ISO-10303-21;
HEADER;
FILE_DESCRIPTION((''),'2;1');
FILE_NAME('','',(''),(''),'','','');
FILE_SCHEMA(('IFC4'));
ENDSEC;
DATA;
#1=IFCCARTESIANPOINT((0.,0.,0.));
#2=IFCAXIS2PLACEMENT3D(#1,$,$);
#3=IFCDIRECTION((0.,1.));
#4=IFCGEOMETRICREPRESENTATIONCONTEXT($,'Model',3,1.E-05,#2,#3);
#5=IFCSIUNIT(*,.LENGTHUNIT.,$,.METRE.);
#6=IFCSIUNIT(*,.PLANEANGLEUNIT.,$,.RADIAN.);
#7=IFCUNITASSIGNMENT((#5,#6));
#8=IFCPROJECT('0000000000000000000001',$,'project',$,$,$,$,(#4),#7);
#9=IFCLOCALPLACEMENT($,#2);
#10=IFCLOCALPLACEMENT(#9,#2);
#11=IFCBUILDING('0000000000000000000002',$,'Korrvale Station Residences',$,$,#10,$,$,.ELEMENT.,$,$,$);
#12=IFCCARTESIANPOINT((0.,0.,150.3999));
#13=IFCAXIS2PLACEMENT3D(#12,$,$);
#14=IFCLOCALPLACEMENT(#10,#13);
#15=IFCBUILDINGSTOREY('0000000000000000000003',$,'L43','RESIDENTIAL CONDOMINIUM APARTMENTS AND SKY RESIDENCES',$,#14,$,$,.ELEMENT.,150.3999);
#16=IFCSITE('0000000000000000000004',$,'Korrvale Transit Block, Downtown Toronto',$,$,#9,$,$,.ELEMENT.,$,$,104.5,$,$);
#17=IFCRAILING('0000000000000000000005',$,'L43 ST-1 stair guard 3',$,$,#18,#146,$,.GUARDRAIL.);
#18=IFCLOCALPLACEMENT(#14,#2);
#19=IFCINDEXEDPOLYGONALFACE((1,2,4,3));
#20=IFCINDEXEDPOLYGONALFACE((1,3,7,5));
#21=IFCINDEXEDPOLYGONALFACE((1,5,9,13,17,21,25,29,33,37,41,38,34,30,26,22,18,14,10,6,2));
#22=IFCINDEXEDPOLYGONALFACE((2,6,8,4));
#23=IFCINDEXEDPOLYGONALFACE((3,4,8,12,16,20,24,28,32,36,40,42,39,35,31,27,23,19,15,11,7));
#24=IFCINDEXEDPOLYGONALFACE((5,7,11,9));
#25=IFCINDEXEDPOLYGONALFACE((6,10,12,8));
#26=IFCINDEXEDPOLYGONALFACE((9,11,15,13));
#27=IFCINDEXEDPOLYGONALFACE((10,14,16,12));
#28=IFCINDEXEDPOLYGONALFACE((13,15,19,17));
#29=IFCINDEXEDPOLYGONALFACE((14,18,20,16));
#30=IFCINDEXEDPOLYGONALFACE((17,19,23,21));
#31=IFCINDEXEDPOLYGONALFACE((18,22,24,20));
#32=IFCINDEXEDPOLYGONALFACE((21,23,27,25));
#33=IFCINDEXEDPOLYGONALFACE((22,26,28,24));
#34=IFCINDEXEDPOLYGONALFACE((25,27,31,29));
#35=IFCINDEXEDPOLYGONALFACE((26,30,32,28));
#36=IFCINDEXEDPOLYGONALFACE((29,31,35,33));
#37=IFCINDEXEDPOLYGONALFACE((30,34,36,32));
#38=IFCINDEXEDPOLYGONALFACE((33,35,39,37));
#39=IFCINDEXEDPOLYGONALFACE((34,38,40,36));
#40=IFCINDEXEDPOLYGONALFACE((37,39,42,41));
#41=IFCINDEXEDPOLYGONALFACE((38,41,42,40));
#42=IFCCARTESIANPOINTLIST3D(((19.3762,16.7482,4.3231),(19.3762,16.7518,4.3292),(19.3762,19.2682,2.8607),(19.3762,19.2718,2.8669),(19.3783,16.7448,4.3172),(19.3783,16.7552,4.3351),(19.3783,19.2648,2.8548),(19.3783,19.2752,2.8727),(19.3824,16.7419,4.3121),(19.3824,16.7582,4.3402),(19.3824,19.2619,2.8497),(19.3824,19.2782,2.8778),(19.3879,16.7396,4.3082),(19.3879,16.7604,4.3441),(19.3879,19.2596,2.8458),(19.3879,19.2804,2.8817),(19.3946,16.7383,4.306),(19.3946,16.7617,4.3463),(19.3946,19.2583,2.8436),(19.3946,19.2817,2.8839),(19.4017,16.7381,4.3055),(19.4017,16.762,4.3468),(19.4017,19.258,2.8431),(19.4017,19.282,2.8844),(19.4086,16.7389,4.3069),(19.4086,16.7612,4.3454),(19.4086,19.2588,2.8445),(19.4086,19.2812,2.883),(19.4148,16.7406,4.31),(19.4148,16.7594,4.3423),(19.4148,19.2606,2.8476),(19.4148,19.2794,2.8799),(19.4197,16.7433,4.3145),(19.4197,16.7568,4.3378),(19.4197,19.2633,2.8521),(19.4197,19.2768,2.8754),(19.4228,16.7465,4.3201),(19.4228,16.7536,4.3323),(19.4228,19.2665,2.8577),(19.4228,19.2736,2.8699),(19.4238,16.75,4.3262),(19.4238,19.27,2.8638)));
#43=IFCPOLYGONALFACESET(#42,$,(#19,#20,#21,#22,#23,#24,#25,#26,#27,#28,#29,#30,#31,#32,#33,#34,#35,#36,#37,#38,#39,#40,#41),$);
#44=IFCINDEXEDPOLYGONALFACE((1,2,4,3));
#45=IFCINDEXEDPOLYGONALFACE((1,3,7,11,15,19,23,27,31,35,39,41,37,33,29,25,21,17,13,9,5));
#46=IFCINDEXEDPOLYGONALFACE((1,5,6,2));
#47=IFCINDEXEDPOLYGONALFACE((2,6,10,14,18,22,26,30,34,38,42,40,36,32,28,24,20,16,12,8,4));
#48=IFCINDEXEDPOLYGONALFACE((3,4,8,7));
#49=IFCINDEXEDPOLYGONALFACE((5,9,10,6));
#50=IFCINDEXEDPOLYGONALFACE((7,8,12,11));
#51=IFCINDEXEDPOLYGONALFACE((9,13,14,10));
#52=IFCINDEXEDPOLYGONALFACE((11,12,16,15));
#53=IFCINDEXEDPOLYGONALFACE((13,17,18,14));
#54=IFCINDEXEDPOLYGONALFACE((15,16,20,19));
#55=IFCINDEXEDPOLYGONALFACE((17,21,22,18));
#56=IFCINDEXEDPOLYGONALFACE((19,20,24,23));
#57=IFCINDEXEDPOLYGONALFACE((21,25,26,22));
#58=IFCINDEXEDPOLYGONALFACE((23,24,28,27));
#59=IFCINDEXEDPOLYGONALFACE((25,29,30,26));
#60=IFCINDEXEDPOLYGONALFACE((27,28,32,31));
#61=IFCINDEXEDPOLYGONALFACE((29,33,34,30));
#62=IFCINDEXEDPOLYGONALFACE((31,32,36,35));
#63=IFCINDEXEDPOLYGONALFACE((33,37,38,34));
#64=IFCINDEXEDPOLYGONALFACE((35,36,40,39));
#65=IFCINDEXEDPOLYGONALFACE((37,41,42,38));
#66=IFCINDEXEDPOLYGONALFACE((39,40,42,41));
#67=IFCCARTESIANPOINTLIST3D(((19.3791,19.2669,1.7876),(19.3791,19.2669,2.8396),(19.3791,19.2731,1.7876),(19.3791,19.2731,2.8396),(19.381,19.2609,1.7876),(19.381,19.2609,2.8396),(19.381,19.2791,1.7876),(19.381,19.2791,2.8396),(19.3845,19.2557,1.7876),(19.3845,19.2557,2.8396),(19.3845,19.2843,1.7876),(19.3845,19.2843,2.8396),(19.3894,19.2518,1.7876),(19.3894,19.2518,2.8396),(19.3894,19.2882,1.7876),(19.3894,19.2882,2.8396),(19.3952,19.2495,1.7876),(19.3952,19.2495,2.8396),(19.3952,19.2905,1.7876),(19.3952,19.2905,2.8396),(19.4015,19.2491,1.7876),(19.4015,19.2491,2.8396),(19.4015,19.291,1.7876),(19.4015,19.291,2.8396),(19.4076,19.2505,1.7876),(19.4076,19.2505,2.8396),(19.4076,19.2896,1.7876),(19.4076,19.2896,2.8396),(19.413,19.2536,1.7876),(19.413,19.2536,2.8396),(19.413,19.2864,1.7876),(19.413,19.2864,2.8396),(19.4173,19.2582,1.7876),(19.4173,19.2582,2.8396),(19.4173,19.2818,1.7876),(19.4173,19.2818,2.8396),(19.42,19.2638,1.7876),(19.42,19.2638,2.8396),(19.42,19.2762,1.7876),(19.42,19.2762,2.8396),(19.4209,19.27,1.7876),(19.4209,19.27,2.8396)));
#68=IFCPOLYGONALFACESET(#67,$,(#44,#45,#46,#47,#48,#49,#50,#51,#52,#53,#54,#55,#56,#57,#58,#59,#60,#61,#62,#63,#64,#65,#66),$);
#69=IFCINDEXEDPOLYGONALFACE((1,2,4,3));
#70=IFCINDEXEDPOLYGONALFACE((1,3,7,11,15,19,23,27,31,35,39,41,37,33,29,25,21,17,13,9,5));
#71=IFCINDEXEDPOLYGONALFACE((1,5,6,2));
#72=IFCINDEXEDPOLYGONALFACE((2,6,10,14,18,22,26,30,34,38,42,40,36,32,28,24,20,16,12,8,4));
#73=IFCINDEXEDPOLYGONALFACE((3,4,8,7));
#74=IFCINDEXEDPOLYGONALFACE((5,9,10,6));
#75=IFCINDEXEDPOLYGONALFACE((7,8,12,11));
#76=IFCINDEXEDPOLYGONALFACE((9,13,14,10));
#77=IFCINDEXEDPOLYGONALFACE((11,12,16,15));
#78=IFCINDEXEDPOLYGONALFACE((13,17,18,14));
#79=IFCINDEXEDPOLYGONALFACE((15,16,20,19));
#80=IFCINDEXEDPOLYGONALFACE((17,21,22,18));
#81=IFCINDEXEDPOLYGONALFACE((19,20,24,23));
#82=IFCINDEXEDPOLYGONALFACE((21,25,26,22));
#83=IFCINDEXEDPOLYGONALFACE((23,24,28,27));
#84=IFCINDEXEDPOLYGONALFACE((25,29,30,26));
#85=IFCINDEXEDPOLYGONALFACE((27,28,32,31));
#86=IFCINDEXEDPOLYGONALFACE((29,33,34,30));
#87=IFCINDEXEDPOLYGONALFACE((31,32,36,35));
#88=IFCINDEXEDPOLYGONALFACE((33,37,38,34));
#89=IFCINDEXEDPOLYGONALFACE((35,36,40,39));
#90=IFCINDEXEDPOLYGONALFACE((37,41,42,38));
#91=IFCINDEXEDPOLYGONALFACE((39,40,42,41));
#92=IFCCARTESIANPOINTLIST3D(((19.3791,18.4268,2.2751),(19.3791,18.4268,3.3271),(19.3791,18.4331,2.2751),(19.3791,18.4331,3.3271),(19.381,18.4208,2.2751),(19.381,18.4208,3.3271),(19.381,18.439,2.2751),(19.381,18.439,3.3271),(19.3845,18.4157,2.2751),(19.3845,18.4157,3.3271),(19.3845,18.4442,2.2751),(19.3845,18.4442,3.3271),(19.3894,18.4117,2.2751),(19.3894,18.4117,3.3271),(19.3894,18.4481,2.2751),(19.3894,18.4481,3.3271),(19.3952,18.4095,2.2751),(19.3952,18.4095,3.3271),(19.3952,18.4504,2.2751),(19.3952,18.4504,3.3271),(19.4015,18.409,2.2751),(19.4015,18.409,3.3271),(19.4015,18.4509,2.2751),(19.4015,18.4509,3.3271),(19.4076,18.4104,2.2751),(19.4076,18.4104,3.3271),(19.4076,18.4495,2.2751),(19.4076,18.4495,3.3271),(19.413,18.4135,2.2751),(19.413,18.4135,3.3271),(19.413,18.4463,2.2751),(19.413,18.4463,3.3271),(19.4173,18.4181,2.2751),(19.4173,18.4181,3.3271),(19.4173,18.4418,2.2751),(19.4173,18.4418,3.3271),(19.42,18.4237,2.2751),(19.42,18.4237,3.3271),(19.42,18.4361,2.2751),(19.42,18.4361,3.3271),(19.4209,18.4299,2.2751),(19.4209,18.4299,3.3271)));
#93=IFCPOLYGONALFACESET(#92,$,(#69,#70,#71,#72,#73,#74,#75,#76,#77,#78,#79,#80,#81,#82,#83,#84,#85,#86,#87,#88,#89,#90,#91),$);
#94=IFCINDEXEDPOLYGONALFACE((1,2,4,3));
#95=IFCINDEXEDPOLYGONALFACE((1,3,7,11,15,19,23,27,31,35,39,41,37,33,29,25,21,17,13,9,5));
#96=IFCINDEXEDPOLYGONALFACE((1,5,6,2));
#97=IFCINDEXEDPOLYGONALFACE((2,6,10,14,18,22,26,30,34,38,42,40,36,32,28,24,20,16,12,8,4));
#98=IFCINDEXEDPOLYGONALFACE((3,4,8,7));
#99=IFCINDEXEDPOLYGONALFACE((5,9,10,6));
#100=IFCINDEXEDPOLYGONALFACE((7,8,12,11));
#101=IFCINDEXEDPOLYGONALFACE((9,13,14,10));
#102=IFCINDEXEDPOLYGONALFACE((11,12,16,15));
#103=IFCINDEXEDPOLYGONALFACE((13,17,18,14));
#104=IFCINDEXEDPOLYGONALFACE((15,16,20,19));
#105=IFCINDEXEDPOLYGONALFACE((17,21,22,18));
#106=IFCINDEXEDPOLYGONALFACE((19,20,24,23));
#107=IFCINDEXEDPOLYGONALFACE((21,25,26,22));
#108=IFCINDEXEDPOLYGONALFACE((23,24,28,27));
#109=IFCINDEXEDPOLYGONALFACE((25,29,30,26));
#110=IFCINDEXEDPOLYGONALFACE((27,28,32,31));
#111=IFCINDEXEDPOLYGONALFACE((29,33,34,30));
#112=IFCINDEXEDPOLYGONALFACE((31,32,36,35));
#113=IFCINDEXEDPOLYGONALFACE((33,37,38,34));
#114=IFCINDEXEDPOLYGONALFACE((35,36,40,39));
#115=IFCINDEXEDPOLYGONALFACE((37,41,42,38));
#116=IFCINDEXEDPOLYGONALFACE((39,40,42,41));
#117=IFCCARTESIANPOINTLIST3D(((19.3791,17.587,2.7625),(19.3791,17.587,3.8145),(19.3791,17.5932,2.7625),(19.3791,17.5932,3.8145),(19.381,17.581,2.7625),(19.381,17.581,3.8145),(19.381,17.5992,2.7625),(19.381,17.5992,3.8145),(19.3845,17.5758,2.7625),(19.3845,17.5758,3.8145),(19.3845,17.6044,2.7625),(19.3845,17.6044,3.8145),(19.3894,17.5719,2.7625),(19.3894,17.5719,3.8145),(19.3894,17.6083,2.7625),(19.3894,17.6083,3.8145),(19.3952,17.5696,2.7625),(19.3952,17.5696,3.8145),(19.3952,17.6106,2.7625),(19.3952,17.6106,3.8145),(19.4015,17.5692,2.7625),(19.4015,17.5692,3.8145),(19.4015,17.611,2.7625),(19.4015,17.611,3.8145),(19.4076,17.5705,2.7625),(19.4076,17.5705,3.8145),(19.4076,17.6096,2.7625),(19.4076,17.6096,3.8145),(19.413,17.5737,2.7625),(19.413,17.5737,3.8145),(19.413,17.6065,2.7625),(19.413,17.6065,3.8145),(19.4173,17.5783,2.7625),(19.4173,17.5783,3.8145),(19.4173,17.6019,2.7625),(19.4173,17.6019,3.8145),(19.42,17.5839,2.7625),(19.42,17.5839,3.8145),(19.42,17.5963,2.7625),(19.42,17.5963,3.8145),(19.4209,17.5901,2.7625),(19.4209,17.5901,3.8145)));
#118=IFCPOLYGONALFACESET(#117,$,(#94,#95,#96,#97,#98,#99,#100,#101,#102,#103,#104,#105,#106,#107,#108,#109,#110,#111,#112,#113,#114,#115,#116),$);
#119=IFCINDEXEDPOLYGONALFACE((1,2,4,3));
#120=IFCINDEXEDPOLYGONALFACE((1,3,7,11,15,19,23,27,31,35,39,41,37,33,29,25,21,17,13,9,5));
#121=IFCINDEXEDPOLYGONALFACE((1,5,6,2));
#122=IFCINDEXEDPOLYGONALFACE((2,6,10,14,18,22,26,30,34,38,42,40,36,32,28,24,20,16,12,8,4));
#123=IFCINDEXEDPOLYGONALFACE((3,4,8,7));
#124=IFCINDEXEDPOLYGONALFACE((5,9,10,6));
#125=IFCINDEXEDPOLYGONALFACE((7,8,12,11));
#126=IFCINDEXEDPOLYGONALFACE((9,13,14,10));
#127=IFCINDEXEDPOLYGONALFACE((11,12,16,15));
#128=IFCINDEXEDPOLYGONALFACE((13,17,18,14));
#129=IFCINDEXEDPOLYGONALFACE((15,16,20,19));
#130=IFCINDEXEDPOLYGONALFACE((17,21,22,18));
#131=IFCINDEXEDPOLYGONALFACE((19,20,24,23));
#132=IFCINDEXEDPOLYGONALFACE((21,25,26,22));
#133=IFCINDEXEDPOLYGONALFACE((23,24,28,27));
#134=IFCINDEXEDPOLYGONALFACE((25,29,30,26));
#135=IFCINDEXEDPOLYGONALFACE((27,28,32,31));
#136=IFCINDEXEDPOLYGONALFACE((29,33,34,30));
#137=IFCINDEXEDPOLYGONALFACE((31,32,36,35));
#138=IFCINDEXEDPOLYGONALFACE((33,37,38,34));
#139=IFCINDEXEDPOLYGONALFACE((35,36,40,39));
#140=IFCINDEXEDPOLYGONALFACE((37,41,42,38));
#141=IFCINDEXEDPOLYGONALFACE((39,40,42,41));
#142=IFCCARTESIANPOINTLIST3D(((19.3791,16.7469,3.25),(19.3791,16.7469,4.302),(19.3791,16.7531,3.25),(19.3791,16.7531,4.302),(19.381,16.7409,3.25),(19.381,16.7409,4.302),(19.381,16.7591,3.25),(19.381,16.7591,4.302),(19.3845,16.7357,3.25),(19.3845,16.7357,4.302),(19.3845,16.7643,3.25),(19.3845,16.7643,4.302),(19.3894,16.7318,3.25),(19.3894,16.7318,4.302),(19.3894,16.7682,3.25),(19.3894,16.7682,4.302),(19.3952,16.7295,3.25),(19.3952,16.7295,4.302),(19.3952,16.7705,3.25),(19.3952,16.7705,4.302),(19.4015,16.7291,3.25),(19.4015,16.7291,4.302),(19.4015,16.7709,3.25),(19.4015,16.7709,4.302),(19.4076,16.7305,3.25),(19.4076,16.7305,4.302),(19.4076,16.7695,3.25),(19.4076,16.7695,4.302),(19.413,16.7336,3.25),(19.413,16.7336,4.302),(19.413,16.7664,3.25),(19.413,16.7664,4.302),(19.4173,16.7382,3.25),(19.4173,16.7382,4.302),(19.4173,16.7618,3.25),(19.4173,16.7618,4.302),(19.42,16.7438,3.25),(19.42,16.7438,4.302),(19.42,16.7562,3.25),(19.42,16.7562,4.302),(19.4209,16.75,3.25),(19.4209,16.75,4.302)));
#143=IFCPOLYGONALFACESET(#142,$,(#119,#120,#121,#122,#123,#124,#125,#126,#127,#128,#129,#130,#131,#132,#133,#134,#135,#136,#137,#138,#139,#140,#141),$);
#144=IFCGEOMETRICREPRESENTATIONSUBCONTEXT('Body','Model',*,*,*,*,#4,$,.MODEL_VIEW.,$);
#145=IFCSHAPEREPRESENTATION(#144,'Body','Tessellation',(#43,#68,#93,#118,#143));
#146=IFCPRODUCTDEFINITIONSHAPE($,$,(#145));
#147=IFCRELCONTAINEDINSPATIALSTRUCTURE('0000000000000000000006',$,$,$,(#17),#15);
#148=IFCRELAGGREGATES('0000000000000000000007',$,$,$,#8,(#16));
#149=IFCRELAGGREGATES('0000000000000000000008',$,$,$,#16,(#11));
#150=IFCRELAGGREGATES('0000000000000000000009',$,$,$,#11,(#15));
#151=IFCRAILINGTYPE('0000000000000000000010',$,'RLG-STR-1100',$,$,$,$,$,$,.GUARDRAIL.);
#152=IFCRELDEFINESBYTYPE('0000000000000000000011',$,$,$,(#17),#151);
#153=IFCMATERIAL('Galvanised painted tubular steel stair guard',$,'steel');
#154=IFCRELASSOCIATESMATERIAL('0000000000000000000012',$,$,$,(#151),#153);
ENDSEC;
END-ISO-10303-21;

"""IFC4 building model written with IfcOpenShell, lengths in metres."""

from ifc_helpers import new_model, si_unit, direction, frame, origin, origin_2d, place, context, subcontext, project, spatial, circle, extrude, material, type_object, element, save


model = new_model("IFC4")

# Units and contexts
model_context = context("Model", 3, precision=1e-05, world=origin(), true_north=direction((0.0, 1.0)))
body_context = subcontext(model_context, "Body", "Model", "MODEL_VIEW")
ifc_project = project(units=[si_unit("LENGTHUNIT", "METRE"), si_unit("PLANEANGLEUNIT", "RADIAN")], contexts=[model_context])

# Site, building, storey
site_placement = place(None, origin())
site = spatial("IfcSite", under=ifc_project, at=site_placement, Name="Korrvale Transit Block, Downtown Toronto", CompositionType="ELEMENT", RefElevation=104.5)
building_placement = place(site_placement, origin())
building = spatial("IfcBuilding", under=site, at=building_placement, Name="Korrvale Station Residences", CompositionType="ELEMENT")
storey_placement = place(building_placement, frame((0.0, 0.0, 150.3999)))
storey = spatial("IfcBuildingStorey", under=building, at=storey_placement, Name="L43", Description="RESIDENTIAL CONDOMINIUM APARTMENTS AND SKY RESIDENCES", CompositionType="ELEMENT", Elevation=150.3999)

# Railing
ifc_material_1 = material(Name="Galvanised painted tubular steel stair guard", Category="steel")
railing_type_1 = type_object("IfcRailingType", Name="RLG-STR-1100", PredefinedType="GUARDRAIL", material=ifc_material_1)
railing_1_placement = place(storey_placement, frame((19.3999, 19.27, 1.7876)))
element("IfcRailing", 1, at=railing_1_placement, inside=storey, type_object=railing_type_1, Name="L43 ST-1 stair guard 3", PredefinedType="GUARDRAIL", context=body_context, shape_type="SweptSolid", body=[
    extrude(circle(Radius=0.0239, at=origin_2d()), frame((0.0, 0.0, 1.0762), z_axis=(0.0, -0.864913, 0.501921), x_axis=(1.0, 0.0, 0.0)), (0.0, 0.0, 1.0), 2.9136),
    extrude(circle(Radius=0.021, at=origin_2d()), origin(), (0.0, 0.0, 1.0), 1.052),
    extrude(circle(Radius=0.021, at=origin_2d()), frame((0.0, -0.8401, 0.4875)), (0.0, 0.0, 1.0), 1.052),
    extrude(circle(Radius=0.021, at=origin_2d()), frame((0.0, -1.6799, 0.9749)), (0.0, 0.0, 1.0), 1.052),
    extrude(circle(Radius=0.021, at=origin_2d()), frame((0.0, -2.52, 1.4624)), (0.0, 0.0, 1.0), 1.052),
])

save(model, "model.ifc")
